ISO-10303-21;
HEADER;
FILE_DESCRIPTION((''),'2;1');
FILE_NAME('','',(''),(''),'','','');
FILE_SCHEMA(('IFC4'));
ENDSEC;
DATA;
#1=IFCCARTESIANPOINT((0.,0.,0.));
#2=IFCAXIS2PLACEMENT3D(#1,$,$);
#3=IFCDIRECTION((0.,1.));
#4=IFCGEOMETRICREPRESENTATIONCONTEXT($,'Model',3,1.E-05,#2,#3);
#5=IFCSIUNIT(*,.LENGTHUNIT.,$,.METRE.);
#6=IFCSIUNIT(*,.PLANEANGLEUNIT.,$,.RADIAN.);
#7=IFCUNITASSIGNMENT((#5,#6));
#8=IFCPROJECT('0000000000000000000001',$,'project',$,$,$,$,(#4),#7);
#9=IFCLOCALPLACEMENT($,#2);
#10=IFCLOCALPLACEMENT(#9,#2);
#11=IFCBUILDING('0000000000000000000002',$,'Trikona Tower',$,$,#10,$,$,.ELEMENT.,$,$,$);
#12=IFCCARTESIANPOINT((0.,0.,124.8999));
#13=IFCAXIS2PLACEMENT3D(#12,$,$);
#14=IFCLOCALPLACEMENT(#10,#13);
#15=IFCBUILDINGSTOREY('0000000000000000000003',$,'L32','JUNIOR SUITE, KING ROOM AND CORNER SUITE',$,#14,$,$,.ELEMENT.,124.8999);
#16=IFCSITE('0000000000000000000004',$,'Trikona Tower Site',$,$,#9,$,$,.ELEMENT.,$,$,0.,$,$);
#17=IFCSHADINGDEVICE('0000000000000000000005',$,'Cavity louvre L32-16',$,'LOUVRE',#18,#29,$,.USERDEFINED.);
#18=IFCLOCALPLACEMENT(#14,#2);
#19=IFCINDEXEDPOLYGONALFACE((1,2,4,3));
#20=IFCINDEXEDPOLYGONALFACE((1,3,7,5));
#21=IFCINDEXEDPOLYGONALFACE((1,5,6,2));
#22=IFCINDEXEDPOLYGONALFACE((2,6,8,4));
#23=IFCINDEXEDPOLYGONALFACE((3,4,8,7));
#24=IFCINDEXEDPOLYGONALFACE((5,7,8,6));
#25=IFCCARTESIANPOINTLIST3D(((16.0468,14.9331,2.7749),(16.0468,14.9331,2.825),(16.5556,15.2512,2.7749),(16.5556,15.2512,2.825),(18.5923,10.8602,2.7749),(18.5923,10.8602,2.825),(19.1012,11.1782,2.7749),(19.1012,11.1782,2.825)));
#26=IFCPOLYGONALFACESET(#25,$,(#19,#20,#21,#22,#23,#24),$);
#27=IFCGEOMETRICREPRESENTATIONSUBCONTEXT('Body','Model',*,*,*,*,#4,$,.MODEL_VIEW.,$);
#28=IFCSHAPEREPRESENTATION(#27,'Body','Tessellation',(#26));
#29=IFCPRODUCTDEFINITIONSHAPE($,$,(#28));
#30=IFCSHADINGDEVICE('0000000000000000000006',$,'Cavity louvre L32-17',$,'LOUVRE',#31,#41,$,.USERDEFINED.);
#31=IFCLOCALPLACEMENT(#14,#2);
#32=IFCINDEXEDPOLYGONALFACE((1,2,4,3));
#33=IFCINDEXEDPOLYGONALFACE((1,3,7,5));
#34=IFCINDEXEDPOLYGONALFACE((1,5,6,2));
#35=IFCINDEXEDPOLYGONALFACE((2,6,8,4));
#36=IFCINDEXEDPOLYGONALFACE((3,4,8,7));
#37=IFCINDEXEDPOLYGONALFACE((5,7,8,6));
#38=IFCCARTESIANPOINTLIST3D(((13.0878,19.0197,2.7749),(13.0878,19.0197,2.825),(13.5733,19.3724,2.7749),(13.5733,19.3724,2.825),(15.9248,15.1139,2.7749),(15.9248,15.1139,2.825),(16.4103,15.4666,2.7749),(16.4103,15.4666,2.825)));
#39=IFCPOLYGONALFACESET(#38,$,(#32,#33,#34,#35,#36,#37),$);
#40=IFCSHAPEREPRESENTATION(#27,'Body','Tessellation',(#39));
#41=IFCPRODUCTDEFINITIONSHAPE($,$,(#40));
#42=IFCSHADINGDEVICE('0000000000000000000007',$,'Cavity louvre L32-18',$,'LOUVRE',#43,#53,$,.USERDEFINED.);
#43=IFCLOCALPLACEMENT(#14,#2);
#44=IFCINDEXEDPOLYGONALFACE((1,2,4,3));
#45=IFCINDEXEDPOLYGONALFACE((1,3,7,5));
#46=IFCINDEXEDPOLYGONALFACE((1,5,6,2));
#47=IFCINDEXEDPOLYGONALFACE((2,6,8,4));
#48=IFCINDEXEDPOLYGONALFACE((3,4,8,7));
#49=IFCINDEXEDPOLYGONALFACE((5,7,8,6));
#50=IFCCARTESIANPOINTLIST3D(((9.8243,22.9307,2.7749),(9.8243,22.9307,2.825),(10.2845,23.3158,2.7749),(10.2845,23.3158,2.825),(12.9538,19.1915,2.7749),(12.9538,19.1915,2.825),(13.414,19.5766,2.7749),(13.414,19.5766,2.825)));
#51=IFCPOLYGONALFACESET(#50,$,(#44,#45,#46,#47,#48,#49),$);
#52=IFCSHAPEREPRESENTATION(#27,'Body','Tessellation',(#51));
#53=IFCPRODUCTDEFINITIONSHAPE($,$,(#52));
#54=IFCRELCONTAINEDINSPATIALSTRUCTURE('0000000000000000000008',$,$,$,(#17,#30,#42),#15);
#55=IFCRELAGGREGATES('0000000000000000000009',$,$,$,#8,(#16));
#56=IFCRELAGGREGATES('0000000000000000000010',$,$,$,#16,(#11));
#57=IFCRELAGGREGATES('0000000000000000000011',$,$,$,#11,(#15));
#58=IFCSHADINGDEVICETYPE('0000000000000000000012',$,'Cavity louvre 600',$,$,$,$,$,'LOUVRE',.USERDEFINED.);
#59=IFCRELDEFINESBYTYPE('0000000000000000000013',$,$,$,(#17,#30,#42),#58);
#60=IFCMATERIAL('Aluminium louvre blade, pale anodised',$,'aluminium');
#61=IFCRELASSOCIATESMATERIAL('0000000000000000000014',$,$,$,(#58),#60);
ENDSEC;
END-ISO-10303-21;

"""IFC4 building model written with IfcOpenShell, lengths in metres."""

from ifc_helpers import new_model, si_unit, direction, frame, origin, origin_2d, place, context, subcontext, project, spatial, rectangle, extrude, material, type_object, element, save


model = new_model("IFC4")

# Units and contexts
model_context = context("Model", 3, precision=1e-05, world=origin(), true_north=direction((0.0, 1.0)))
body_context = subcontext(model_context, "Body", "Model", "MODEL_VIEW")
ifc_project = project(units=[si_unit("LENGTHUNIT", "METRE"), si_unit("PLANEANGLEUNIT", "RADIAN")], contexts=[model_context])

# Site, building, storey
site_placement = place(None, origin())
site = spatial("IfcSite", under=ifc_project, at=site_placement, Name="Trikona Tower Site", CompositionType="ELEMENT", RefElevation=0.0)
building_placement = place(site_placement, origin())
building = spatial("IfcBuilding", under=site, at=building_placement, Name="Trikona Tower", CompositionType="ELEMENT")
storey_placement = place(building_placement, frame((0.0, 0.0, 124.8999)))
storey = spatial("IfcBuildingStorey", under=building, at=storey_placement, Name="L32", Description="JUNIOR SUITE, KING ROOM AND CORNER SUITE", CompositionType="ELEMENT", Elevation=124.8999)

# Shading devices
ifc_material_1 = material(Name="Aluminium louvre blade, pale anodised", Category="aluminium")
shading_device_type = type_object("IfcShadingDeviceType", Name="Cavity louvre 600", ElementType="LOUVRE", PredefinedType="USERDEFINED", material=ifc_material_1)
shading_device_1_placement = place(storey_placement, frame((17.574, 13.0557, 2.7749), z_axis=(0.0, 0.0, 1.0), x_axis=(-0.529995, 0.848001, 0.0)))
element("IfcShadingDevice", 1, at=shading_device_1_placement, inside=storey, type_object=shading_device_type, Name="Cavity louvre L32-16", ObjectType="LOUVRE", PredefinedType="USERDEFINED", context=body_context, shape_type="SweptSolid", body=[
    extrude(rectangle(XDim=4.803, YDim=0.6001, at=origin_2d()), origin(), (0.0, 0.0, 1.0), 0.05),
])
shading_device_2_placement = place(storey_placement, frame((14.749, 17.2432, 2.7749), z_axis=(0.0, 0.0, 1.0), x_axis=(-0.587686, 0.809089, 0.0)))
element("IfcShadingDevice", 2, at=shading_device_2_placement, inside=storey, type_object=shading_device_type, Name="Cavity louvre L32-17", ObjectType="LOUVRE", PredefinedType="USERDEFINED", context=body_context, shape_type="SweptSolid", body=[
    extrude(rectangle(XDim=4.8274, YDim=0.6001, at=origin_2d()), origin(), (0.0, 0.0, 1.0), 0.05),
])
shading_device_3_placement = place(storey_placement, frame((11.6191, 21.2537, 2.7749), z_axis=(0.0, 0.0, 1.0), x_axis=(-0.641807, 0.766866, 0.0)))
element("IfcShadingDevice", 3, at=shading_device_3_placement, inside=storey, type_object=shading_device_type, Name="Cavity louvre L32-18", ObjectType="LOUVRE", PredefinedType="USERDEFINED", context=body_context, shape_type="SweptSolid", body=[
    extrude(rectangle(XDim=4.876, YDim=0.6001, at=origin_2d()), origin(), (0.0, 0.0, 1.0), 0.05),
])

save(model, "model.ifc")
